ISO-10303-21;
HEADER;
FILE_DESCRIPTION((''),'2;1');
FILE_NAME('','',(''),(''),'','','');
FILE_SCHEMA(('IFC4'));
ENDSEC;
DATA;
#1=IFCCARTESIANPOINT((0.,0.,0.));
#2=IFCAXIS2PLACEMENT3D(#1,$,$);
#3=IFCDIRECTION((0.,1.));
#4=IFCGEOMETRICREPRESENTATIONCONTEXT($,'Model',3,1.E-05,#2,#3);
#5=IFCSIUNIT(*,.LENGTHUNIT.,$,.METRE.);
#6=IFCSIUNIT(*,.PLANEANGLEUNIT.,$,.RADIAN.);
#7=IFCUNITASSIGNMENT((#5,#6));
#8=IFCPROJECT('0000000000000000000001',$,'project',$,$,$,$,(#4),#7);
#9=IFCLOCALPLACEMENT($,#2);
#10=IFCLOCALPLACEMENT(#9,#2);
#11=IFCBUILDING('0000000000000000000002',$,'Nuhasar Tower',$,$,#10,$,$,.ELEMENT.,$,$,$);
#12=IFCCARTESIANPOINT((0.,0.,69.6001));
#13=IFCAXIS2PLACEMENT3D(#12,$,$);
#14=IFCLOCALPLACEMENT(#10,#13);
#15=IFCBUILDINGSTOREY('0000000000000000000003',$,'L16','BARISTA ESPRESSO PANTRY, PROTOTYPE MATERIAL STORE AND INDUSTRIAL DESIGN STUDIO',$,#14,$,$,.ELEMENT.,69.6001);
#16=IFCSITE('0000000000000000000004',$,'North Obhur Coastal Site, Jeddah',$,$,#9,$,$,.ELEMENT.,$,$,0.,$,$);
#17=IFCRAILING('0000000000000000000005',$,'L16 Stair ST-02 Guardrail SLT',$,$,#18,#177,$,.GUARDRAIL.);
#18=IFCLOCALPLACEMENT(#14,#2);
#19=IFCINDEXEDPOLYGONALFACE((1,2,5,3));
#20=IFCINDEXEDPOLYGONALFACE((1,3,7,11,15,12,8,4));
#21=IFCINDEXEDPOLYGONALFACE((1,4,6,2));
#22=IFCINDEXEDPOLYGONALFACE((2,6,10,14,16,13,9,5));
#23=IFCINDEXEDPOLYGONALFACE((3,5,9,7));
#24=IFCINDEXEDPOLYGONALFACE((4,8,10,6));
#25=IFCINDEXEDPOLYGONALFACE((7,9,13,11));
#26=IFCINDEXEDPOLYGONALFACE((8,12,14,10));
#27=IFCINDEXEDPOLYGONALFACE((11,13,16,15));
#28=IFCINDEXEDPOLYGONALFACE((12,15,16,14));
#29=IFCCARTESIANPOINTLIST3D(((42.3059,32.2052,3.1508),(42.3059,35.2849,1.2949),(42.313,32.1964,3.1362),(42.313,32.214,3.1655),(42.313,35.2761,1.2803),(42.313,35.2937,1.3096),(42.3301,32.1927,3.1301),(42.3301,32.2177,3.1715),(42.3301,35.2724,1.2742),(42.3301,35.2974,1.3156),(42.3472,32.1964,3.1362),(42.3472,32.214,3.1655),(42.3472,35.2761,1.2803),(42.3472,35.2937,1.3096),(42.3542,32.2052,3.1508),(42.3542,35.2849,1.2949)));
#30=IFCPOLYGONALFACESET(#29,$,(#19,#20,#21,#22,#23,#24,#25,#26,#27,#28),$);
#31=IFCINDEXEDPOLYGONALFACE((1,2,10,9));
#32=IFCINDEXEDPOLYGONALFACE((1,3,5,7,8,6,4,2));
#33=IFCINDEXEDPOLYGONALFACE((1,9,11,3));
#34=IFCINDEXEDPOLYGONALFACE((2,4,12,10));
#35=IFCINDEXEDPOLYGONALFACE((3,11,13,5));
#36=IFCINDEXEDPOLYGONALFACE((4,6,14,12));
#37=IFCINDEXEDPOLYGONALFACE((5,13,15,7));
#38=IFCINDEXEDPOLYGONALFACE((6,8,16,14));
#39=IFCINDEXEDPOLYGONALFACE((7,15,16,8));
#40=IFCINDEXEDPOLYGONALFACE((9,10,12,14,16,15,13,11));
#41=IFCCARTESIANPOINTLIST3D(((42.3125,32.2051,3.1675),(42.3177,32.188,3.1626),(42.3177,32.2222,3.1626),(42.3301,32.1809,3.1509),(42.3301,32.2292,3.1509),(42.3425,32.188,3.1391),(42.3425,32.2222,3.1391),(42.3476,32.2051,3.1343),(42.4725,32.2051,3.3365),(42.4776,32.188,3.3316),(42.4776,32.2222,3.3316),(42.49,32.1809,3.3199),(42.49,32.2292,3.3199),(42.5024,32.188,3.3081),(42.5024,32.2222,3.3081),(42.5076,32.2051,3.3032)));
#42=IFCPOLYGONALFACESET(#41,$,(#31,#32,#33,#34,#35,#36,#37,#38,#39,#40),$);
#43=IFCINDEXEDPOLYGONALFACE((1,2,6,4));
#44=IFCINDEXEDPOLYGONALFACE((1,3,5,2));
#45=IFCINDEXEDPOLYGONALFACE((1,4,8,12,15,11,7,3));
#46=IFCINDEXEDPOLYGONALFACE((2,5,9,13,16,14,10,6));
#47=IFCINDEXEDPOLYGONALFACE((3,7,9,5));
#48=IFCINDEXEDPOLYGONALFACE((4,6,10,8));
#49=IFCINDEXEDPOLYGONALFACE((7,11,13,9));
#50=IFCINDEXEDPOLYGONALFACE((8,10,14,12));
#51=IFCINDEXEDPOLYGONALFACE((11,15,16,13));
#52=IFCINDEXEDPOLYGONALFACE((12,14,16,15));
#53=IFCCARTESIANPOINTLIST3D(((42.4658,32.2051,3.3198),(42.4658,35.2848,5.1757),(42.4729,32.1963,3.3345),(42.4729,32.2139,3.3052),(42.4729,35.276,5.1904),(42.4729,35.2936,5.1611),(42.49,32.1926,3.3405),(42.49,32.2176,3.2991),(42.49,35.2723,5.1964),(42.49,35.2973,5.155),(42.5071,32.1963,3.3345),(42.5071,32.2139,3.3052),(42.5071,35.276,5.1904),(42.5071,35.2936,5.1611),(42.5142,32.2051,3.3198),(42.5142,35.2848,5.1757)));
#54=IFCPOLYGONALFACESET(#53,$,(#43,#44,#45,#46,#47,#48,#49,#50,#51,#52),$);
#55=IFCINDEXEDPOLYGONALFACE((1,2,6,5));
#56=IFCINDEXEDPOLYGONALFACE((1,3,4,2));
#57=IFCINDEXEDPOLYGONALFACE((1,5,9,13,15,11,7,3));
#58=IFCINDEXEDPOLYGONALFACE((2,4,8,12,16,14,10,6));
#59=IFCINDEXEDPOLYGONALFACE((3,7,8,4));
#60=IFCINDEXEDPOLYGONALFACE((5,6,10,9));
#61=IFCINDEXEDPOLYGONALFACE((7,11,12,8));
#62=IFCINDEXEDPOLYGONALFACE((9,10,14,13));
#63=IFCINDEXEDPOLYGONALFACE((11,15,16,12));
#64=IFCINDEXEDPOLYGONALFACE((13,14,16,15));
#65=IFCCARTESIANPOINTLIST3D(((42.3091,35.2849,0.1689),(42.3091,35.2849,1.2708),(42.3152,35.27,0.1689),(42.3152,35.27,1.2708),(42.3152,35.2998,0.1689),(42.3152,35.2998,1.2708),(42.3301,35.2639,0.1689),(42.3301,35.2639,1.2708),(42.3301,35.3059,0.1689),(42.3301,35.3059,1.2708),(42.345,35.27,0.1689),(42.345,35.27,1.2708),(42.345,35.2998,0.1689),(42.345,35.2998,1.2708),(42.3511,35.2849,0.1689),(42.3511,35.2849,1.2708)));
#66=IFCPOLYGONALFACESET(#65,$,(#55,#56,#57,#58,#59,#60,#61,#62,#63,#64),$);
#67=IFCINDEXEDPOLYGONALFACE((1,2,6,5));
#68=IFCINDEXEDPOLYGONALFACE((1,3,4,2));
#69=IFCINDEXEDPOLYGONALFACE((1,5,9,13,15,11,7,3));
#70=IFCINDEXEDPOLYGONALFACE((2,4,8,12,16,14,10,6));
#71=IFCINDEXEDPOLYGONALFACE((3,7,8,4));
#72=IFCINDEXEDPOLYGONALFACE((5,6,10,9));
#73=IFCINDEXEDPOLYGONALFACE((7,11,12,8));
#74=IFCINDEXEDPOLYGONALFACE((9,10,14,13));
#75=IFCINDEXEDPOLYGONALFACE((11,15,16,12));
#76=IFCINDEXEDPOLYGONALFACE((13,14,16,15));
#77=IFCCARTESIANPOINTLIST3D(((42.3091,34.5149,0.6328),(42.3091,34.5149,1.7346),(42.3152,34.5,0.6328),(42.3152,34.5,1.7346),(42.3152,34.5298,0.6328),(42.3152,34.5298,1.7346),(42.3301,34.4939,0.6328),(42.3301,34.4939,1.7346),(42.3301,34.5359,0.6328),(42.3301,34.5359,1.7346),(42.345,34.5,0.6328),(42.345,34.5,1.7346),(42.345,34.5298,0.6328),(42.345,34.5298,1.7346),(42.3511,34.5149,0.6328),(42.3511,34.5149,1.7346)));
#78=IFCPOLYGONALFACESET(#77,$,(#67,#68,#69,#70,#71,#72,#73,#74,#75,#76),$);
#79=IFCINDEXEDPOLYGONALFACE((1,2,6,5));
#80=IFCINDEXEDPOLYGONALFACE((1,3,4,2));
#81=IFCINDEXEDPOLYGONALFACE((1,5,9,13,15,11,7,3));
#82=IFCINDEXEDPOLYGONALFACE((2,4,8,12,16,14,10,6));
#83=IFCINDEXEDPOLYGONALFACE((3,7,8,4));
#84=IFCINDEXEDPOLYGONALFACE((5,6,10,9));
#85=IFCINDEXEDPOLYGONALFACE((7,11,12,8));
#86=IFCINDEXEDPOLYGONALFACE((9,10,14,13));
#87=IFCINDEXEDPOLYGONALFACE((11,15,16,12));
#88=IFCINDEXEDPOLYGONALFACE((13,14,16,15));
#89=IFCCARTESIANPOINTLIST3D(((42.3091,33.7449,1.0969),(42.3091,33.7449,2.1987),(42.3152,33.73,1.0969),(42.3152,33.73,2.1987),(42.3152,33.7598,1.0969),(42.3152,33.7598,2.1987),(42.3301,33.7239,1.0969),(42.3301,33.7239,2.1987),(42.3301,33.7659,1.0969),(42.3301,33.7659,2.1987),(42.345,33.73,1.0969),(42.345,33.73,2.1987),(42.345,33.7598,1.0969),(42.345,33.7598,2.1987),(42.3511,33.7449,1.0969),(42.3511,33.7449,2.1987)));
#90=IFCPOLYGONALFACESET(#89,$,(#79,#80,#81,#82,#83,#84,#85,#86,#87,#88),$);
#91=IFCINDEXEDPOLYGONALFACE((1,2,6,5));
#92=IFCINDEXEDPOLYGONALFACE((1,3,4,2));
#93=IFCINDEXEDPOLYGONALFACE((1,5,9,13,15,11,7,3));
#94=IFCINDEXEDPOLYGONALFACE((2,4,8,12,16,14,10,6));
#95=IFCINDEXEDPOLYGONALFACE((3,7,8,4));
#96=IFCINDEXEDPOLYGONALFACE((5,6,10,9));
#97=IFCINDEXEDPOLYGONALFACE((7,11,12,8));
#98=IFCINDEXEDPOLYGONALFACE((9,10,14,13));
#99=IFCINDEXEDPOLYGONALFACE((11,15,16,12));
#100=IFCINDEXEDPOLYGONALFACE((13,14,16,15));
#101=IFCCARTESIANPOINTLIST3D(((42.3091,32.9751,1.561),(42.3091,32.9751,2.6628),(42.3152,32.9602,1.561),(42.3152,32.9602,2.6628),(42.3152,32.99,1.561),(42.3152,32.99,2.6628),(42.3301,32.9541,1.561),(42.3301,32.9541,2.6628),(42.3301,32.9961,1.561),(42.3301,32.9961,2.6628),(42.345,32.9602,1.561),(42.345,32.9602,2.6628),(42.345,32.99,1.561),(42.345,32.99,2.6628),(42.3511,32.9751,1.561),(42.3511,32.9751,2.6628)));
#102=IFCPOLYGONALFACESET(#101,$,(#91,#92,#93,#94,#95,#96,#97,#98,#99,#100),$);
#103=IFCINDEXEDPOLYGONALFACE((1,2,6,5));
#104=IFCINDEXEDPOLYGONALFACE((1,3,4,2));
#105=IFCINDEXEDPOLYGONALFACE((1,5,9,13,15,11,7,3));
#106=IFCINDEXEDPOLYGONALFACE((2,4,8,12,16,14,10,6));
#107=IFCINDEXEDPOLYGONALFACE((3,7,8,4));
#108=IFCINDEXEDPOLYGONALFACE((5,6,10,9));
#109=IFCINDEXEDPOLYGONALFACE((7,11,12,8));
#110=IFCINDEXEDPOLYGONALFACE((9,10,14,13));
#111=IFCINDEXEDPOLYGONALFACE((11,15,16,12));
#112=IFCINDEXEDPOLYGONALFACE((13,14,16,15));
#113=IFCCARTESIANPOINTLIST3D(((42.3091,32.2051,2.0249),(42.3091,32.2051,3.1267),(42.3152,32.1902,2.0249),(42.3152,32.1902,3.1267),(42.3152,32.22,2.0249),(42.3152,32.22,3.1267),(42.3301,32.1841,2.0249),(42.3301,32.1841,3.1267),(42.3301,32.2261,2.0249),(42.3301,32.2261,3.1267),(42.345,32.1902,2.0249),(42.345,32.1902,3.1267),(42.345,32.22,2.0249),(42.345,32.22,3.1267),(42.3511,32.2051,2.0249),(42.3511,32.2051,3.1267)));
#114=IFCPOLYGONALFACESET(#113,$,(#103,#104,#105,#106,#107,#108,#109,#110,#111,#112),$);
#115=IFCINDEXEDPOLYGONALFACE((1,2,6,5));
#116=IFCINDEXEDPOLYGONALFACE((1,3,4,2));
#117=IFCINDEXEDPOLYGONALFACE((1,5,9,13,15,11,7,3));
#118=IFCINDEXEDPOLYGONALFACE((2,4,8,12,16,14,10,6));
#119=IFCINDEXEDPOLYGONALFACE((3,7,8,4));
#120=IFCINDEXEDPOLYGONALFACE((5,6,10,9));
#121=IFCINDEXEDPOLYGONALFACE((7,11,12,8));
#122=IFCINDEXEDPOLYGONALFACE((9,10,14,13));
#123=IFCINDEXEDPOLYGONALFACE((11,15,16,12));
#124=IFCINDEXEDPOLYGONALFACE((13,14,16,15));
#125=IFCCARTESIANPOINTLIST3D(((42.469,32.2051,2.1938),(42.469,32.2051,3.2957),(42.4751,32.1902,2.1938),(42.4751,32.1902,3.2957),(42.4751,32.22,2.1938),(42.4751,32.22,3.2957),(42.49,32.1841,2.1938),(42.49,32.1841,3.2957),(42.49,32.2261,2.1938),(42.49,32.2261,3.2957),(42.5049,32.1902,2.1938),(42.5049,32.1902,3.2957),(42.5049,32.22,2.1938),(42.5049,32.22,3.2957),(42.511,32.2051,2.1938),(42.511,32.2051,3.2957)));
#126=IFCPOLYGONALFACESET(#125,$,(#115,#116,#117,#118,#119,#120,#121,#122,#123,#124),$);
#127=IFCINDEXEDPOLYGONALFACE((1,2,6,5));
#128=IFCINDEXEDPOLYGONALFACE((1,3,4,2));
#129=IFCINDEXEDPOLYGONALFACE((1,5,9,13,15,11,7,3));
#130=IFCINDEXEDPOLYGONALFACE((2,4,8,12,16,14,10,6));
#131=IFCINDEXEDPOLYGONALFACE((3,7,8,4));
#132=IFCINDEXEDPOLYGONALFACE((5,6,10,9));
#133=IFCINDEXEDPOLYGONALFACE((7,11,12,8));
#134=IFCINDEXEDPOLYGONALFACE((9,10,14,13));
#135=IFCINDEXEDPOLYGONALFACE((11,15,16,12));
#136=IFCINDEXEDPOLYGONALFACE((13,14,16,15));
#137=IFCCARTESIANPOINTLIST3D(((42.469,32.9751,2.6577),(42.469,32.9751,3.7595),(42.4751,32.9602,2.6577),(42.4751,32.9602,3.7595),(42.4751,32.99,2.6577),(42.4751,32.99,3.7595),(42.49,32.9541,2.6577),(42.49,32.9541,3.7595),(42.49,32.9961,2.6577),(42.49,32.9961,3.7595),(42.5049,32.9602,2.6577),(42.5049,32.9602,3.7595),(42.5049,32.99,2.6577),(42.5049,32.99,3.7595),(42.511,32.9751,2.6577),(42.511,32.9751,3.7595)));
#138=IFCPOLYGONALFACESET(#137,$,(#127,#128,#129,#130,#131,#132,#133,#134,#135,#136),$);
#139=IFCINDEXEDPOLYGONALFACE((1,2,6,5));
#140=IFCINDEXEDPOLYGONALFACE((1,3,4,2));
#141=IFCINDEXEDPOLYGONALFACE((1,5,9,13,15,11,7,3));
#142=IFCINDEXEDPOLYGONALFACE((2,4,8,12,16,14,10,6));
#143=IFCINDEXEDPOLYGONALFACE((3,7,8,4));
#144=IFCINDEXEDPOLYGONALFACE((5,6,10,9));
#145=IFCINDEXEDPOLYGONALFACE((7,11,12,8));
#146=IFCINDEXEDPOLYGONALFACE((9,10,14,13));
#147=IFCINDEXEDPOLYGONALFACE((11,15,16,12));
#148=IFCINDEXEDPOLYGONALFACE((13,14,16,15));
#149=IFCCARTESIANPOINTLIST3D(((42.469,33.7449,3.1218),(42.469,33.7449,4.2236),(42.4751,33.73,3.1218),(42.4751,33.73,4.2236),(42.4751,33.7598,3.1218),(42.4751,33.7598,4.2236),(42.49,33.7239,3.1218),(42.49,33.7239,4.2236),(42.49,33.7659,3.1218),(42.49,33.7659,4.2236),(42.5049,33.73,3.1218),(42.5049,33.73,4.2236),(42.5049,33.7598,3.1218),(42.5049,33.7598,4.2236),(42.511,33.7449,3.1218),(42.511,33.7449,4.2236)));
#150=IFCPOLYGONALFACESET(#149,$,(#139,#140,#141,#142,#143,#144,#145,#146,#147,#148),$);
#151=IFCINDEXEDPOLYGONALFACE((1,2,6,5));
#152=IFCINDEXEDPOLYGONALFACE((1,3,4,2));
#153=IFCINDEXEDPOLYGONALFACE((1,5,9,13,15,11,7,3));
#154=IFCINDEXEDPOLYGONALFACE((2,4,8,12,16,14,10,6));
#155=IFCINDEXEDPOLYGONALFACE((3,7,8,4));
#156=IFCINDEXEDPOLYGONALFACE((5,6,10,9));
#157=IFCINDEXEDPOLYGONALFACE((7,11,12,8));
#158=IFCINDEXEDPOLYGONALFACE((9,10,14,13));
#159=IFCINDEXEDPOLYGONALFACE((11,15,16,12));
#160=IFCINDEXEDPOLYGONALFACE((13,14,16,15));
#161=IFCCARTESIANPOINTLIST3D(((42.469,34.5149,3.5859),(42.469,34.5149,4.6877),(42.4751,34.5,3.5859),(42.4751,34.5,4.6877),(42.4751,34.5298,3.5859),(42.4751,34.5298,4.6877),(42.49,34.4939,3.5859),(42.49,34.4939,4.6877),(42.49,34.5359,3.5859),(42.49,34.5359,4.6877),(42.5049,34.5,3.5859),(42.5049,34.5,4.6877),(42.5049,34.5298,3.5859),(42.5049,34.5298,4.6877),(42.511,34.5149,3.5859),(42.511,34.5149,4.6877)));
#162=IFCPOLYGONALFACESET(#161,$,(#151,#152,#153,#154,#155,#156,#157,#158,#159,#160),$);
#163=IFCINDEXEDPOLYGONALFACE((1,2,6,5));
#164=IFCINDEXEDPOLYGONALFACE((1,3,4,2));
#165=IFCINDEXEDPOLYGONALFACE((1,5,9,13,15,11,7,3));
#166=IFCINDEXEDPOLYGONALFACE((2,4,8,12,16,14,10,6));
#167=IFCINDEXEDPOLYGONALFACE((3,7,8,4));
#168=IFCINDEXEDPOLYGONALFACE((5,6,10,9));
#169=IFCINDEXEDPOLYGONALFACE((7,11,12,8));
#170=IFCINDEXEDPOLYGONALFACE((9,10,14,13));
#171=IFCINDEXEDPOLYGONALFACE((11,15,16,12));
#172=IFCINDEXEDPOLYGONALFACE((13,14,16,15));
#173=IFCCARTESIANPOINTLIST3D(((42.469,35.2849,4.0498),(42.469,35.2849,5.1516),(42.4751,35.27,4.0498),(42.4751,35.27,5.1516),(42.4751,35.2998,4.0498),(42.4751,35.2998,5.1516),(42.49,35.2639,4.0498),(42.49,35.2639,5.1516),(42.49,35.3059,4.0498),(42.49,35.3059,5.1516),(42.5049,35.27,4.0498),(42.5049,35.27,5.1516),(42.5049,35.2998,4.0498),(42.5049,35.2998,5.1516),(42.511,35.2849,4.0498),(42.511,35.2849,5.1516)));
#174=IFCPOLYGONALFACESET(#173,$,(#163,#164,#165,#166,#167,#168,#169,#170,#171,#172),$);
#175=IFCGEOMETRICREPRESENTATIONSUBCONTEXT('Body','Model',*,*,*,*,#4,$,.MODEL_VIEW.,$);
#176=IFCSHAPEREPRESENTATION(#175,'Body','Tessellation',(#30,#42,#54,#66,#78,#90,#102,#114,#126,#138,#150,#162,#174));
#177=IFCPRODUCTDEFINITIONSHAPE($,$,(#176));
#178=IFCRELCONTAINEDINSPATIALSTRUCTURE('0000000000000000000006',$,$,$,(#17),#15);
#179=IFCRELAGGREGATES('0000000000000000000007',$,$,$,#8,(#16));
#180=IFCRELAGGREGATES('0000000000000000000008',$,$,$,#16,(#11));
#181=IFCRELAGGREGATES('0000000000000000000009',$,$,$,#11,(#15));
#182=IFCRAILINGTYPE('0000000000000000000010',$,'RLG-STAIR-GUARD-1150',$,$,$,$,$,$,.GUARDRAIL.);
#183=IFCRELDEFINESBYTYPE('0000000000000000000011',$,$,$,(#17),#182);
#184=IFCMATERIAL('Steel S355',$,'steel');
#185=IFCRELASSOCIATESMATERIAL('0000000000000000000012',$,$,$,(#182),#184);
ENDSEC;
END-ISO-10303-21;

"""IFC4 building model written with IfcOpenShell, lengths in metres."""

from ifc_helpers import new_model, si_unit, direction, frame, origin, place, context, subcontext, project, spatial, polyline, outline, extrude, material, type_object, element, save


model = new_model("IFC4")

# Units and contexts
model_context = context("Model", 3, precision=1e-05, world=origin(), true_north=direction((0.0, 1.0)))
body_context = subcontext(model_context, "Body", "Model", "MODEL_VIEW")
ifc_project = project(units=[si_unit("LENGTHUNIT", "METRE"), si_unit("PLANEANGLEUNIT", "RADIAN")], contexts=[model_context])

# Site, building, storey
site_placement = place(None, origin())
site = spatial("IfcSite", under=ifc_project, at=site_placement, Name="North Obhur Coastal Site, Jeddah", CompositionType="ELEMENT", RefElevation=0.0)
building_placement = place(site_placement, origin())
building = spatial("IfcBuilding", under=site, at=building_placement, Name="Nuhasar Tower", CompositionType="ELEMENT")
storey_placement = place(building_placement, frame((0.0, 0.0, 69.6001)))
storey = spatial("IfcBuildingStorey", under=building, at=storey_placement, Name="L16", Description="BARISTA ESPRESSO PANTRY, PROTOTYPE MATERIAL STORE AND INDUSTRIAL DESIGN STUDIO", CompositionType="ELEMENT", Elevation=69.6001)

# Shared definitions
ifc_material_1 = material(Name="Steel S355", Category="steel")

# Railing
railing_type_1 = type_object("IfcRailingType", Name="RLG-STAIR-GUARD-1150", PredefinedType="GUARDRAIL", material=ifc_material_1)
railing_1_placement = place(storey_placement, frame((42.3301, 35.2849, 0.1689)))
element("IfcRailing", 1, at=railing_1_placement, inside=storey, type_object=railing_type_1, Name="L16 Stair ST-02 Guardrail SLT", PredefinedType="GUARDRAIL", context=body_context, shape_type="SweptSolid", body=[
    extrude(outline(polyline([(0.0242, 0.0), (0.0171, 0.0171), (0.0, 0.0242), (-0.0171, 0.0171), (-0.0242, 0.0), (-0.0171, -0.0171), (0.0, -0.0242), (0.0171, -0.0171), (0.0242, 0.0)])), frame((0.0, 0.0, 1.126), z_axis=(0.0, -0.856503, 0.516142), x_axis=(1.0, 0.0, 0.0)), (0.0, 0.0, 1.0), 3.5957),
    extrude(outline(polyline([(0.0242, 0.0), (0.0171, 0.0171), (0.0, 0.0242), (-0.0171, 0.0171), (-0.0242, 0.0), (-0.0171, -0.0171), (0.0, -0.0242), (0.0171, -0.0171), (0.0242, 0.0)])), frame((0.0, -3.0798, 2.9819), z_axis=(0.687424, 0.0, 0.726256), x_axis=(0.0, 1.0, 0.0)), (0.0, 0.0, 1.0), 0.2327),
    extrude(outline(polyline([(0.0242, 0.0), (0.0171, 0.0171), (0.0, 0.0242), (-0.0171, 0.0171), (-0.0242, 0.0), (-0.0171, -0.0171), (0.0, -0.0242), (0.0171, -0.0171), (0.0242, 0.0)])), frame((0.1599, -3.0798, 3.1509), z_axis=(0.0, 0.856503, 0.516142), x_axis=(-1.0, 0.0, 0.0)), (0.0, 0.0, 1.0), 3.5957),
    extrude(outline(polyline([(0.021, 0.0), (0.0149, 0.0149), (0.0, 0.021), (-0.0149, 0.0149), (-0.021, 0.0), (-0.0149, -0.0149), (0.0, -0.021), (0.0149, -0.0149), (0.021, 0.0)])), origin(), (0.0, 0.0, 1.0), 1.1018),
    extrude(outline(polyline([(0.021, 0.0), (0.0149, 0.0149), (0.0, 0.021), (-0.0149, 0.0149), (-0.021, 0.0), (-0.0149, -0.0149), (0.0, -0.021), (0.0149, -0.0149), (0.021, 0.0)])), frame((0.0, -0.77, 0.4639)), (0.0, 0.0, 1.0), 1.1018),
    extrude(outline(polyline([(0.021, 0.0), (0.0149, 0.0149), (0.0, 0.021), (-0.0149, 0.0149), (-0.021, 0.0), (-0.0149, -0.0149), (0.0, -0.021), (0.0149, -0.0149), (0.021, 0.0)])), frame((0.0, -1.54, 0.928)), (0.0, 0.0, 1.0), 1.1018),
    extrude(outline(polyline([(0.021, 0.0), (0.0149, 0.0149), (0.0, 0.021), (-0.0149, 0.0149), (-0.021, 0.0), (-0.0149, -0.0149), (0.0, -0.021), (0.0149, -0.0149), (0.021, 0.0)])), frame((0.0, -2.3098, 1.3921)), (0.0, 0.0, 1.0), 1.1018),
    extrude(outline(polyline([(0.021, 0.0), (0.0149, 0.0149), (0.0, 0.021), (-0.0149, 0.0149), (-0.021, 0.0), (-0.0149, -0.0149), (0.0, -0.021), (0.0149, -0.0149), (0.021, 0.0)])), frame((0.0, -3.0798, 1.856)), (0.0, 0.0, 1.0), 1.1018),
    extrude(outline(polyline([(0.021, 0.0), (0.0149, 0.0149), (0.0, 0.021), (-0.0149, 0.0149), (-0.021, 0.0), (-0.0149, -0.0149), (0.0, -0.021), (0.0149, -0.0149), (0.021, 0.0)])), frame((0.1599, -3.0798, 2.0249)), (0.0, 0.0, 1.0), 1.1018),
    extrude(outline(polyline([(0.021, 0.0), (0.0149, 0.0149), (0.0, 0.021), (-0.0149, 0.0149), (-0.021, 0.0), (-0.0149, -0.0149), (0.0, -0.021), (0.0149, -0.0149), (0.021, 0.0)])), frame((0.1599, -2.3098, 2.4888)), (0.0, 0.0, 1.0), 1.1018),
    extrude(outline(polyline([(0.021, 0.0), (0.0149, 0.0149), (0.0, 0.021), (-0.0149, 0.0149), (-0.021, 0.0), (-0.0149, -0.0149), (0.0, -0.021), (0.0149, -0.0149), (0.021, 0.0)])), frame((0.1599, -1.54, 2.9529)), (0.0, 0.0, 1.0), 1.1018),
    extrude(outline(polyline([(0.021, 0.0), (0.0149, 0.0149), (0.0, 0.021), (-0.0149, 0.0149), (-0.021, 0.0), (-0.0149, -0.0149), (0.0, -0.021), (0.0149, -0.0149), (0.021, 0.0)])), frame((0.1599, -0.77, 3.417)), (0.0, 0.0, 1.0), 1.1018),
    extrude(outline(polyline([(0.021, 0.0), (0.0149, 0.0149), (0.0, 0.021), (-0.0149, 0.0149), (-0.021, 0.0), (-0.0149, -0.0149), (0.0, -0.021), (0.0149, -0.0149), (0.021, 0.0)])), frame((0.1599, 0.0, 3.8809)), (0.0, 0.0, 1.0), 1.1018),
])

save(model, "model.ifc")
